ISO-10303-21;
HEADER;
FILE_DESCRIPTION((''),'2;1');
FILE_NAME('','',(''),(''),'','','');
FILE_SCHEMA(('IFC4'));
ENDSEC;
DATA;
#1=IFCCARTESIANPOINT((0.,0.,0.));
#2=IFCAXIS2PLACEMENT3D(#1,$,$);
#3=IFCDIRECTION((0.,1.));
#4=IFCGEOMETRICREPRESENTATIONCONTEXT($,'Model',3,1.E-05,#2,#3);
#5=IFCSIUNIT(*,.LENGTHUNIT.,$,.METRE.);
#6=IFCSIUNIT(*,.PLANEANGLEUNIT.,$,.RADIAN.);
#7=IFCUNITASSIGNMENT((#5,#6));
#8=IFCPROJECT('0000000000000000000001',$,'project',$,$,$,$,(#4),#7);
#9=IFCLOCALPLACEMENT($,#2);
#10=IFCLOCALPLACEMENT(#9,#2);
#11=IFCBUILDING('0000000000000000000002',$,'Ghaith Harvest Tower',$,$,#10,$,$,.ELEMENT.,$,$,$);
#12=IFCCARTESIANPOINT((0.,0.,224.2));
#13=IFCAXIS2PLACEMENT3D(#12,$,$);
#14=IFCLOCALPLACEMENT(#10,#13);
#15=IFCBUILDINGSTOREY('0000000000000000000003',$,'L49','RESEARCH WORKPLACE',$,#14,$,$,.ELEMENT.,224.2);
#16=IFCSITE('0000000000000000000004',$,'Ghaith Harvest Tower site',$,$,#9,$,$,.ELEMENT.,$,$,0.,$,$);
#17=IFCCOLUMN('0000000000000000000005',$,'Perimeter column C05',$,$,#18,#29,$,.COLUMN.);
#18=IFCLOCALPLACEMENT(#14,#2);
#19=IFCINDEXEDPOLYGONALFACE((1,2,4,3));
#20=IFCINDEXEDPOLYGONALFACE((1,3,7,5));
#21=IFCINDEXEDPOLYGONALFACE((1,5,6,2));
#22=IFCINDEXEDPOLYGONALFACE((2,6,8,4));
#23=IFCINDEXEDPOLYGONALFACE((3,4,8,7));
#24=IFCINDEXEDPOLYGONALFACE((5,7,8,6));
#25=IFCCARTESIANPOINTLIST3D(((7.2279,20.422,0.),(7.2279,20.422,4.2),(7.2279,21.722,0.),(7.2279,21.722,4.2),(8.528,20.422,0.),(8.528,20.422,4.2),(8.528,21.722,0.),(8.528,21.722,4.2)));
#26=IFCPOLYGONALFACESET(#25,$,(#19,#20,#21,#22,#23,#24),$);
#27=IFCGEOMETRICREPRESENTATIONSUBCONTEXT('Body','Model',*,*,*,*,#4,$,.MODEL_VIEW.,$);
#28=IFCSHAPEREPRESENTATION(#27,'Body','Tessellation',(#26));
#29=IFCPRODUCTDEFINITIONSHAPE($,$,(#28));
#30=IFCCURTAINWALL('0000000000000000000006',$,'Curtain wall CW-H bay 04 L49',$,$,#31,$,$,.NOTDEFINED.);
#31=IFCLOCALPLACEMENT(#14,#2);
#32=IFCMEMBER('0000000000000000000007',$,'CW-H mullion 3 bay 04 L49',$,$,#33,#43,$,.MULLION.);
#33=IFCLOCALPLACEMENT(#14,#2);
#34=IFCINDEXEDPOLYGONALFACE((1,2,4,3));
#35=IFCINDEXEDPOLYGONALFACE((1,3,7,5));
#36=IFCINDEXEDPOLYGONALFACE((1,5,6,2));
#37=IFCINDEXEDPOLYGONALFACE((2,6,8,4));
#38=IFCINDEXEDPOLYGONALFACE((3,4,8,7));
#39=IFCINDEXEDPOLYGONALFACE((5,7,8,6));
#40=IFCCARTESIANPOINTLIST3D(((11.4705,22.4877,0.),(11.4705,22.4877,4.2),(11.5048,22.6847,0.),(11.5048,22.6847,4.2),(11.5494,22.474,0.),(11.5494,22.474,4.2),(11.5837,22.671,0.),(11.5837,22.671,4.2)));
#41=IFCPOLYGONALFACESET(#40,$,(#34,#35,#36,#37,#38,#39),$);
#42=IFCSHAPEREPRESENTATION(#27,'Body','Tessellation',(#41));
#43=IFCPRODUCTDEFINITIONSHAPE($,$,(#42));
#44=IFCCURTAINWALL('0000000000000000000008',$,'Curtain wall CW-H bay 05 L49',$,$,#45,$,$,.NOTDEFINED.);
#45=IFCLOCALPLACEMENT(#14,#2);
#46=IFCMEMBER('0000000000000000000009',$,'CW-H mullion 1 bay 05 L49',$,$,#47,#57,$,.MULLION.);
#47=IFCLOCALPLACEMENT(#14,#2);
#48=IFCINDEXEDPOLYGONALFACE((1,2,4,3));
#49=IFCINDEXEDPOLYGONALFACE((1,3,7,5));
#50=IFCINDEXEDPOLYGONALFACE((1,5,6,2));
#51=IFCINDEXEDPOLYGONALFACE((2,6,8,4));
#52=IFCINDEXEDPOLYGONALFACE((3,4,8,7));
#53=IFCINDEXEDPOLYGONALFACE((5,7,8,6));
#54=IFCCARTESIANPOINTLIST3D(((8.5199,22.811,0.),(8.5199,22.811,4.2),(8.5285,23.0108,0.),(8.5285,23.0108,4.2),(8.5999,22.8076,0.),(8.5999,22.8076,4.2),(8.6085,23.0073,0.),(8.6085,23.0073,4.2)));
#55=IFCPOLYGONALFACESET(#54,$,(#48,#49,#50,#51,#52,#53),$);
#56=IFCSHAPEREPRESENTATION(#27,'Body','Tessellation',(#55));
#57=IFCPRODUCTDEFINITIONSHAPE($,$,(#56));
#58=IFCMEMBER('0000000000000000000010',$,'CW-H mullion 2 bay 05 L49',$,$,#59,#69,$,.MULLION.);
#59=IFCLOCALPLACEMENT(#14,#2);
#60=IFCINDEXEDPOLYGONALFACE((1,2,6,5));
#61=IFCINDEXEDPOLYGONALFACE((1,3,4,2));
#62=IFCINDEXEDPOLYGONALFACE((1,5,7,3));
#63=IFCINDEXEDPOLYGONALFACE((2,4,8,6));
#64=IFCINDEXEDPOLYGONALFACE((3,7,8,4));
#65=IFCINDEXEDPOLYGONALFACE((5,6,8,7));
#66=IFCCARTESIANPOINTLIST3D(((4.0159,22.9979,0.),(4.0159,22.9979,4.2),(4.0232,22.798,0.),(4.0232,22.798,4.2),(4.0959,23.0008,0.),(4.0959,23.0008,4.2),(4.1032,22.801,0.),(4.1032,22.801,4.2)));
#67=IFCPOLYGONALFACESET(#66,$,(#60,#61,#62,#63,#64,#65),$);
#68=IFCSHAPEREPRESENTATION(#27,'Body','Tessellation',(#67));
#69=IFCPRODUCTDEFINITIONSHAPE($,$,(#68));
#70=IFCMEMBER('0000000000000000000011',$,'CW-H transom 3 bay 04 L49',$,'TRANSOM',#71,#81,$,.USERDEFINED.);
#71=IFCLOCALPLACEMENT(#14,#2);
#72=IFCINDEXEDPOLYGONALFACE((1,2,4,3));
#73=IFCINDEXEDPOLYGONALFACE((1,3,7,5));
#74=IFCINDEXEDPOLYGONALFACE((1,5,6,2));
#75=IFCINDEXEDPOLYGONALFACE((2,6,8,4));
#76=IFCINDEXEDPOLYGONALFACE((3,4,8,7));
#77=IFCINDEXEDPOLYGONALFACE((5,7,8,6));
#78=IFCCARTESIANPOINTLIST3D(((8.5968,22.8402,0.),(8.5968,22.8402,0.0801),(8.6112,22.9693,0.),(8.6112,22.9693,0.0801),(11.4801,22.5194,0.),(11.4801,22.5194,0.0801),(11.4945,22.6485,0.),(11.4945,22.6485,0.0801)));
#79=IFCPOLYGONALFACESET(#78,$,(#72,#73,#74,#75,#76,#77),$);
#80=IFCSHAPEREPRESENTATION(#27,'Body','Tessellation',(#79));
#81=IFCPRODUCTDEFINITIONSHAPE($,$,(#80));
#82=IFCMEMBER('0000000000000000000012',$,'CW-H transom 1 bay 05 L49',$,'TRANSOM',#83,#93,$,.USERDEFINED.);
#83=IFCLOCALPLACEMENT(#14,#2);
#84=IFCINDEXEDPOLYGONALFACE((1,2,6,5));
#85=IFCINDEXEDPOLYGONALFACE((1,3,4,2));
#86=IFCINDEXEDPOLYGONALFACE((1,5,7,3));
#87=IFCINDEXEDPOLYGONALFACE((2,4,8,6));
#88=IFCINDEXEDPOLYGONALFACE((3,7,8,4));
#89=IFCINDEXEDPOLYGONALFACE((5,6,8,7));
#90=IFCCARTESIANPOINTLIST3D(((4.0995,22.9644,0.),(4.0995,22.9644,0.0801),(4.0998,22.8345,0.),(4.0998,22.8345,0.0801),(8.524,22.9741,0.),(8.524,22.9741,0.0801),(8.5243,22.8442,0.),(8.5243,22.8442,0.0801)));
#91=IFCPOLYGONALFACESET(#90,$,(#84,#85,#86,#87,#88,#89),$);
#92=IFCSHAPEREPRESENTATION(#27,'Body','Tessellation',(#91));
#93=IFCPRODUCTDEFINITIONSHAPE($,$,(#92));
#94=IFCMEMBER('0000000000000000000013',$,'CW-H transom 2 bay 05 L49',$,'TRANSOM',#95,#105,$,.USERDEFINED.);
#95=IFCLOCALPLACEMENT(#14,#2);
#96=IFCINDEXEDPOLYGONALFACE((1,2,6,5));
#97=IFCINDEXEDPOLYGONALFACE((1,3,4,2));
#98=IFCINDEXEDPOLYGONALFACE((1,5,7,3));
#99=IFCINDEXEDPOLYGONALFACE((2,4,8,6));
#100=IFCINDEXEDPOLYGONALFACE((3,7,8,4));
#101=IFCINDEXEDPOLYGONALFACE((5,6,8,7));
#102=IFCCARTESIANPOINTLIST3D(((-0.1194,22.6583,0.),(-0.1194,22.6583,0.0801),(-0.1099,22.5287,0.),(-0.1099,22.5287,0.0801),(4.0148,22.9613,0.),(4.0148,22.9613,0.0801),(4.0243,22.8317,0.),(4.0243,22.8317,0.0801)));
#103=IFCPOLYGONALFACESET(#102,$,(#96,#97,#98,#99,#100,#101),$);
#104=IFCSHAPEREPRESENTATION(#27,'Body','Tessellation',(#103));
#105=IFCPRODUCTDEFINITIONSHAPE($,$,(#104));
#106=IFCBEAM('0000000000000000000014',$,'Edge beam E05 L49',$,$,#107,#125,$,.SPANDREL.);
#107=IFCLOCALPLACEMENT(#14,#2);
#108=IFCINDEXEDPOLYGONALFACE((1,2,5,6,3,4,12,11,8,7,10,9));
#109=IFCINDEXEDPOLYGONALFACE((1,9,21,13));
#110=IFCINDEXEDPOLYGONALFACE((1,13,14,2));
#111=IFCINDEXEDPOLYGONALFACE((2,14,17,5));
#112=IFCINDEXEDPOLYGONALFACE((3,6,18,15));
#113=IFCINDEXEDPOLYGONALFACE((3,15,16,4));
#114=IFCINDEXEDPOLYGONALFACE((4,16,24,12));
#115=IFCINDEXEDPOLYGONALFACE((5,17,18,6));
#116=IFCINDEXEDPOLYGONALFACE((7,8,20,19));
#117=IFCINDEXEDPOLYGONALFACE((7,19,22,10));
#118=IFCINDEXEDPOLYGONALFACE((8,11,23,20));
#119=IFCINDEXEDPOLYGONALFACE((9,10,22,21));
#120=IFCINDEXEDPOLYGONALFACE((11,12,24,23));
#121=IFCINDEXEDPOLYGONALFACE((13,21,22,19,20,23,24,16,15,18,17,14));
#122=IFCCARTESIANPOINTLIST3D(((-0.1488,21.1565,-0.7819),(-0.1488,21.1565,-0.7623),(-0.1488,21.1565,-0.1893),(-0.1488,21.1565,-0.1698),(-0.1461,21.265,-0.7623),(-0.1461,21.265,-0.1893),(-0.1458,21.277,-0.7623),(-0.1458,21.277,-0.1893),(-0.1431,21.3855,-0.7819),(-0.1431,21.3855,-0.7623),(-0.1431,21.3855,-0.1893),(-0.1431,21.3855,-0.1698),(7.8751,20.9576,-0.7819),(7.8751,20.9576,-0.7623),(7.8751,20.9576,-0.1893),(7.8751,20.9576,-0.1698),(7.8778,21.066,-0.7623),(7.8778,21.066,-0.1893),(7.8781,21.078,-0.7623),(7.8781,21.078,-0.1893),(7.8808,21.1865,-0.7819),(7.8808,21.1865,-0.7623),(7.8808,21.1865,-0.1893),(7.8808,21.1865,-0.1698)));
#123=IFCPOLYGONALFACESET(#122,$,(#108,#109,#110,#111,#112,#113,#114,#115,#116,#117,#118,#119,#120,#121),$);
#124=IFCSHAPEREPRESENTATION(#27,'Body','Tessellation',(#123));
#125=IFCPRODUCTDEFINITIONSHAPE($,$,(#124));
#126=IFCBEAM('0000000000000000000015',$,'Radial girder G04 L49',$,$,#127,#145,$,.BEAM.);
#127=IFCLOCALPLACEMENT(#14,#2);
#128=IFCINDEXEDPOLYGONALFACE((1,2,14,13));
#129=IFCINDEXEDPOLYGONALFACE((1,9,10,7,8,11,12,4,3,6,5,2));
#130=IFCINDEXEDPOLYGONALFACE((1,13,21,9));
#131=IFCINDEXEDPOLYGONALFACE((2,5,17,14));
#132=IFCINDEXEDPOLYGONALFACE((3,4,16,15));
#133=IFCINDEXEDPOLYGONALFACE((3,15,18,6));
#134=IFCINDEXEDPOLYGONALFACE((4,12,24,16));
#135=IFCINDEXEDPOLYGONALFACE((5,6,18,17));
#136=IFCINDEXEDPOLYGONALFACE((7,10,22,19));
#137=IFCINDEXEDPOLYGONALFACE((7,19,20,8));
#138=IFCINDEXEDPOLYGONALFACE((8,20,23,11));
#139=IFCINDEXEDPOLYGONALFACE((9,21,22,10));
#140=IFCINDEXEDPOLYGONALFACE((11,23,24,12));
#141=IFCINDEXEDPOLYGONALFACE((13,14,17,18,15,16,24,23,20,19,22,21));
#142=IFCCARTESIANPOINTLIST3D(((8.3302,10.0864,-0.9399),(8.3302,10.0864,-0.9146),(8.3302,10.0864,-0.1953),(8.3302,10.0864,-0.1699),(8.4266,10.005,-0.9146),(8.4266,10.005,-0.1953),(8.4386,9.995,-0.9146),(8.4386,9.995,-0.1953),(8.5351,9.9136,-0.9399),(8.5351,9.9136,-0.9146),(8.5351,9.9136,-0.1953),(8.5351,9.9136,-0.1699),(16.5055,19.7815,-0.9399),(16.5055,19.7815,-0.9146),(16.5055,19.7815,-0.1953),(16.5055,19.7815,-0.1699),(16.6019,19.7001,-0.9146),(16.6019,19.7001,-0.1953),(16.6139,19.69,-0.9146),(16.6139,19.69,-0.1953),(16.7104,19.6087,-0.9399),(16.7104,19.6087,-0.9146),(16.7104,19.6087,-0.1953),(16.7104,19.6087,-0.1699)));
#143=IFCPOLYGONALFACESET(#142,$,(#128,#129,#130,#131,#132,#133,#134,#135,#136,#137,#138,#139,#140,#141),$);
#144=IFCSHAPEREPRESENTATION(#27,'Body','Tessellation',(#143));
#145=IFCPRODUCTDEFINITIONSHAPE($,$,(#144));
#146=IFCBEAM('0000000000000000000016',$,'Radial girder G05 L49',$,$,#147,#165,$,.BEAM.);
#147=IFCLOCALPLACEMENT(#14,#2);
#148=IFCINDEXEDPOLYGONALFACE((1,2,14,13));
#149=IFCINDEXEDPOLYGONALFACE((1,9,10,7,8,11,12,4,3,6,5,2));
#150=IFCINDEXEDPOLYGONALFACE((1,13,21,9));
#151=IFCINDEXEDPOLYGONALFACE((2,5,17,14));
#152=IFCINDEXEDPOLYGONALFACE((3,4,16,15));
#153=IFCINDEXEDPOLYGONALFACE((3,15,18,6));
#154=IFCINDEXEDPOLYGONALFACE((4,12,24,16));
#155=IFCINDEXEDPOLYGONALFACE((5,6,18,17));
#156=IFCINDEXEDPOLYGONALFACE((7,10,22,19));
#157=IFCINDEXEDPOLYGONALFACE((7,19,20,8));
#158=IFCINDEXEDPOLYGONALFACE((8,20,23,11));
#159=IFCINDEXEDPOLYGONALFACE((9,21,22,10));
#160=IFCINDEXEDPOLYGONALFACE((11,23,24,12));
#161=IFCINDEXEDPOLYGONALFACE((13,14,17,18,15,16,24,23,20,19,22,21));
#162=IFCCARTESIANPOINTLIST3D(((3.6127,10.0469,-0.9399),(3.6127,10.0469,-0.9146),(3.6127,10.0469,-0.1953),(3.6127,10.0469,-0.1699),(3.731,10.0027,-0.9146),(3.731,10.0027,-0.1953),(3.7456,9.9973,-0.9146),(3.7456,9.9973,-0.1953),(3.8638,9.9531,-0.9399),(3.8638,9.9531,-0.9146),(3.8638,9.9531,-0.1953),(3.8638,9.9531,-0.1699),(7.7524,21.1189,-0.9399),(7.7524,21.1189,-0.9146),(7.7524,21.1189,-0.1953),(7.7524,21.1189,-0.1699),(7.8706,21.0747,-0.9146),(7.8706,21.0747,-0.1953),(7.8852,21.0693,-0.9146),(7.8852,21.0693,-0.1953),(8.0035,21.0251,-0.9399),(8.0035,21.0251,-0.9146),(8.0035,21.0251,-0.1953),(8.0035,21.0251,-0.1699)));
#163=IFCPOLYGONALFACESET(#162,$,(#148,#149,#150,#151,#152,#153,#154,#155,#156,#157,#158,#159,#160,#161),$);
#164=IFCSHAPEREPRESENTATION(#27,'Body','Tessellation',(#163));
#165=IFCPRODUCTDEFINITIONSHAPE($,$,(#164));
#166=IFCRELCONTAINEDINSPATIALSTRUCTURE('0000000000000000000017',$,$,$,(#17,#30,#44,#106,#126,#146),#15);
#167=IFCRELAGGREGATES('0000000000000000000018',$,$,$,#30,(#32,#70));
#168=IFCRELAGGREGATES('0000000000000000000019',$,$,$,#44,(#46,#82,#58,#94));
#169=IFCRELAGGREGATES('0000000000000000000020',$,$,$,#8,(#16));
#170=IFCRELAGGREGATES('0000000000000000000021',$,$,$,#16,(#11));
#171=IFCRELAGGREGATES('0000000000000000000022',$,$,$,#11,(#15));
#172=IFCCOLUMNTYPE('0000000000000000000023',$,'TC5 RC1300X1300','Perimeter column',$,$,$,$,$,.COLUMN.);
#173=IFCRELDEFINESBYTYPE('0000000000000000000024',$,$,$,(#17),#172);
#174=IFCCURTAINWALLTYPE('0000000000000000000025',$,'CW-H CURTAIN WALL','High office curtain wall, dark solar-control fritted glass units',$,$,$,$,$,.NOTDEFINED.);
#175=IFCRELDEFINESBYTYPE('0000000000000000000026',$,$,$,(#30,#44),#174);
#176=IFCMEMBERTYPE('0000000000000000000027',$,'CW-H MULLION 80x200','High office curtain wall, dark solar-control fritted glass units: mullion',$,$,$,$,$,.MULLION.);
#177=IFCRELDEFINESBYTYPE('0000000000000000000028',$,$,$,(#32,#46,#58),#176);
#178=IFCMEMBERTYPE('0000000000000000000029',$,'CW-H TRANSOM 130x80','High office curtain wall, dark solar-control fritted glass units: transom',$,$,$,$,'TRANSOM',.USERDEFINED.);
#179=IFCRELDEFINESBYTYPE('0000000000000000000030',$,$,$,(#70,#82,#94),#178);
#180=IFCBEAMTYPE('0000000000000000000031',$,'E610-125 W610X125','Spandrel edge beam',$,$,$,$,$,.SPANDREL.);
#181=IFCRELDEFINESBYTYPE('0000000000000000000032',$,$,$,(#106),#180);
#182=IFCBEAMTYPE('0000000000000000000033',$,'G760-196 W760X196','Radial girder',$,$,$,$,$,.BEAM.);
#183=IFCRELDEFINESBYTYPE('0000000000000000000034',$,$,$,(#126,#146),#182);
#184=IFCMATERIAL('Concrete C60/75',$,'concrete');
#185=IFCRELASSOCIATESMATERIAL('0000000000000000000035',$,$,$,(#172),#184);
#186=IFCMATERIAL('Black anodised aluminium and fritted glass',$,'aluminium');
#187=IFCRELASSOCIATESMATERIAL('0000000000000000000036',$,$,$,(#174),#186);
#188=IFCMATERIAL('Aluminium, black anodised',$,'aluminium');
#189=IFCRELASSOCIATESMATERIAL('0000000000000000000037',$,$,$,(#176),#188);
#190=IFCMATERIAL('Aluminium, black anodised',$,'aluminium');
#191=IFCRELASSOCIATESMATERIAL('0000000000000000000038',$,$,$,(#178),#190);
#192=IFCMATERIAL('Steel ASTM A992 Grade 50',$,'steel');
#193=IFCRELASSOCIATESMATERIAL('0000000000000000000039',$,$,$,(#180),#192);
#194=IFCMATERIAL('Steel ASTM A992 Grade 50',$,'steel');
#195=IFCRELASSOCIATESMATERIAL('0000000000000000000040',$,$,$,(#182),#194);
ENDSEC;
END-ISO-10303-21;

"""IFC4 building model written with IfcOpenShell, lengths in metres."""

from ifc_helpers import new_model, si_unit, direction, frame, origin, origin_2d, place, context, subcontext, project, spatial, rectangle, i_section, extrude, material, material_profile, profile_set, type_object, element, aggregate, save


model = new_model("IFC4")

# Units and contexts
model_context = context("Model", 3, precision=1e-05, world=origin(), true_north=direction((0.0, 1.0)))
body_context = subcontext(model_context, "Body", "Model", "MODEL_VIEW")
ifc_project = project(units=[si_unit("LENGTHUNIT", "METRE"), si_unit("PLANEANGLEUNIT", "RADIAN")], contexts=[model_context])

# Site, building, storey
site_placement = place(None, origin())
site = spatial("IfcSite", under=ifc_project, at=site_placement, Name="Ghaith Harvest Tower site", CompositionType="ELEMENT", RefElevation=0.0)
building_placement = place(site_placement, origin())
building = spatial("IfcBuilding", under=site, at=building_placement, Name="Ghaith Harvest Tower", CompositionType="ELEMENT")
storey_placement = place(building_placement, frame((0.0, 0.0, 224.2)))
storey = spatial("IfcBuildingStorey", under=building, at=storey_placement, Name="L49", Description="RESEARCH WORKPLACE", CompositionType="ELEMENT", Elevation=224.2)

# Column
ifc_material_1 = material(Name="Concrete C60/75", Category="concrete")
ifc_material_profile_1 = material_profile(ifc_material_1, rectangle(XDim=1.3, YDim=1.3, at=origin_2d()), Name="RC1300X1300")
ifc_profile_set_1 = profile_set([ifc_material_profile_1], Name="Concrete C60/75")
column_type = type_object("IfcColumnType", Name="TC5 RC1300X1300", Description="Perimeter column", PredefinedType="COLUMN", material=ifc_profile_set_1)
column_placement = place(storey_placement, frame((7.8779, 21.072, 0.0), z_axis=(0.0, 0.0, 1.0), x_axis=(1.0, 0.0, 0.0)))
element("IfcColumn", 1, at=column_placement, inside=storey, type_object=column_type, Name="Perimeter column C05", PredefinedType="COLUMN", context=body_context, shape_type="SweptSolid", body=[
    extrude(rectangle(XDim=1.3, YDim=1.3, at=origin_2d()), origin(), (0.0, 0.0, 1.0), 4.2),
])

# Curtain wall, member
ifc_material_2 = material(Name="Black anodised aluminium and fritted glass", Category="aluminium")
curtain_wall_type = type_object("IfcCurtainWallType", Name="CW-H CURTAIN WALL", Description="High office curtain wall, dark solar-control fritted glass units", PredefinedType="NOTDEFINED", material=ifc_material_2)
curtain_wall_1_placement = place(storey_placement, origin())
curtain_wall_1 = element("IfcCurtainWall", 2, at=curtain_wall_1_placement, inside=storey, type_object=curtain_wall_type, Name="Curtain wall CW-H bay 04 L49", PredefinedType="NOTDEFINED")
ifc_material_3 = material(Name="Aluminium, black anodised", Category="aluminium")
ifc_material_profile_2 = material_profile(ifc_material_3, rectangle(XDim=0.0801, YDim=0.2, at=origin_2d()), Name="CW-H MULLION 80x200")
ifc_profile_set_2 = profile_set([ifc_material_profile_2], Name="Aluminium, black anodised")
member_type_1 = type_object("IfcMemberType", Name="CW-H MULLION 80x200", Description="High office curtain wall, dark solar-control fritted glass units: mullion", PredefinedType="MULLION", material=ifc_profile_set_2)
member_1_placement = place(storey_placement, frame((11.5271, 22.5793, 0.0), z_axis=(0.0, 0.0, 1.0), x_axis=(-0.985193, 0.171447, 0.0)))
member_1 = element("IfcMember", 3, at=member_1_placement, type_object=member_type_1, Name="CW-H mullion 3 bay 04 L49", PredefinedType="MULLION", context=body_context, shape_type="SweptSolid", body=[
    extrude(rectangle(XDim=0.0801, YDim=0.2, at=origin_2d()), origin(), (0.0, 0.0, 1.0), 4.2),
])

# Curtain wall, members
curtain_wall_2_placement = place(storey_placement, origin())
curtain_wall_2 = element("IfcCurtainWall", 4, at=curtain_wall_2_placement, inside=storey, type_object=curtain_wall_type, Name="Curtain wall CW-H bay 05 L49", PredefinedType="NOTDEFINED")
member_2_placement = place(storey_placement, frame((8.5642, 22.9092, 0.0), z_axis=(0.0, 0.0, 1.0), x_axis=(-0.999084, 0.042803, 0.0)))
member_2 = element("IfcMember", 5, at=member_2_placement, type_object=member_type_1, Name="CW-H mullion 1 bay 05 L49", PredefinedType="MULLION", context=body_context, shape_type="SweptSolid", body=[
    extrude(rectangle(XDim=0.0801, YDim=0.2, at=origin_2d()), origin(), (0.0, 0.0, 1.0), 4.2),
])
member_3_placement = place(storey_placement, frame((4.0596, 22.8994, 0.0), z_axis=(0.0, 0.0, 1.0), x_axis=(-0.999333, -0.036524, 0.0)))
member_3 = element("IfcMember", 6, at=member_3_placement, type_object=member_type_1, Name="CW-H mullion 2 bay 05 L49", PredefinedType="MULLION", context=body_context, shape_type="SweptSolid", body=[
    extrude(rectangle(XDim=0.0801, YDim=0.2, at=origin_2d()), origin(), (0.0, 0.0, 1.0), 4.2),
])

# Members
ifc_material_4 = material(Name="Aluminium, black anodised", Category="aluminium")
ifc_material_profile_3 = material_profile(ifc_material_4, rectangle(XDim=0.1299, YDim=0.0801, at=origin_2d()), Name="CW-H TRANSOM 130x80")
ifc_profile_set_3 = profile_set([ifc_material_profile_3], Name="Aluminium, black anodised")
member_type_2 = type_object("IfcMemberType", Name="CW-H TRANSOM 130x80", Description="High office curtain wall, dark solar-control fritted glass units: transom", ElementType="TRANSOM", PredefinedType="USERDEFINED", material=ifc_profile_set_3)
member_4_placement = place(storey_placement, frame((11.4873, 22.584, 0.04), z_axis=(-0.993867, 0.110579, 0.0), x_axis=(-0.110579, -0.993867, 0.0)))
member_4 = element("IfcMember", 7, at=member_4_placement, type_object=member_type_2, Name="CW-H transom 3 bay 04 L49", ObjectType="TRANSOM", PredefinedType="USERDEFINED", context=body_context, shape_type="SweptSolid", body=[
    extrude(rectangle(XDim=0.1299, YDim=0.0801, at=origin_2d()), origin(), (0.0, 0.0, 1.0), 2.9011),
])
member_5_placement = place(storey_placement, frame((8.5242, 22.9092, 0.04), z_axis=(-0.999998, -0.002207, 0.0), x_axis=(0.002207, -0.999998, 0.0)))
member_5 = element("IfcMember", 8, at=member_5_placement, type_object=member_type_2, Name="CW-H transom 1 bay 05 L49", ObjectType="TRANSOM", PredefinedType="USERDEFINED", context=body_context, shape_type="SweptSolid", body=[
    extrude(rectangle(XDim=0.1299, YDim=0.0801, at=origin_2d()), origin(), (0.0, 0.0, 1.0), 4.4246),
])
member_6_placement = place(storey_placement, frame((4.0195, 22.8965, 0.04), z_axis=(-0.997325, -0.073089, 0.0), x_axis=(0.073089, -0.997325, 0.0)))
member_6 = element("IfcMember", 9, at=member_6_placement, type_object=member_type_2, Name="CW-H transom 2 bay 05 L49", ObjectType="TRANSOM", PredefinedType="USERDEFINED", context=body_context, shape_type="SweptSolid", body=[
    extrude(rectangle(XDim=0.1299, YDim=0.0801, at=origin_2d()), origin(), (0.0, 0.0, 1.0), 4.1453),
])

# Beams
ifc_material_5 = material(Name="Steel ASTM A992 Grade 50", Category="steel")
ifc_material_profile_4 = material_profile(ifc_material_5, i_section(OverallWidth=0.229, OverallDepth=0.6121, WebThickness=0.012, FlangeThickness=0.0195, at=origin_2d()), Name="W610X125")
ifc_profile_set_4 = profile_set([ifc_material_profile_4], Name="Steel ASTM A992 Grade 50")
beam_type_1 = type_object("IfcBeamType", Name="E610-125 W610X125", Description="Spandrel edge beam", PredefinedType="SPANDREL", material=ifc_profile_set_4)
beam_1_placement = place(storey_placement, frame((7.8779, 21.072, -0.4758), z_axis=(-0.999693, 0.02479, 0.0), x_axis=(-0.02479, -0.999693, 0.0)))
element("IfcBeam", 10, at=beam_1_placement, inside=storey, type_object=beam_type_1, Name="Edge beam E05 L49", PredefinedType="SPANDREL", context=body_context, shape_type="SweptSolid", body=[
    extrude(i_section(OverallWidth=0.229, OverallDepth=0.6121, WebThickness=0.012, FlangeThickness=0.0195, at=origin_2d()), origin(), (0.0, 0.0, 1.0), 8.0264),
])
ifc_material_6 = material(Name="Steel ASTM A992 Grade 50", Category="steel")
ifc_material_profile_5 = material_profile(ifc_material_6, i_section(OverallWidth=0.2681, OverallDepth=0.77, WebThickness=0.0156, FlangeThickness=0.0254, at=origin_2d()), Name="W760X196")
ifc_profile_set_5 = profile_set([ifc_material_profile_5], Name="Steel ASTM A992 Grade 50")
beam_type_2 = type_object("IfcBeamType", Name="G760-196 W760X196", Description="Radial girder", PredefinedType="BEAM", material=ifc_profile_set_5)
beam_2_placement = place(storey_placement, frame((8.4326, 10.0, -0.5549), z_axis=(0.644644, 0.764483, 0.0), x_axis=(-0.764483, 0.644644, 0.0)))
element("IfcBeam", 11, at=beam_2_placement, inside=storey, type_object=beam_type_2, Name="Radial girder G04 L49", PredefinedType="BEAM", context=body_context, shape_type="SweptSolid", body=[
    extrude(i_section(OverallWidth=0.2681, OverallDepth=0.77, WebThickness=0.0156, FlangeThickness=0.0254, at=origin_2d()), origin(), (0.0, 0.0, 1.0), 12.6819),
])
beam_3_placement = place(storey_placement, frame((3.7383, 10.0, -0.5549), z_axis=(0.350207, 0.936672, 0.0), x_axis=(-0.936672, 0.350207, 0.0)))
element("IfcBeam", 12, at=beam_3_placement, inside=storey, type_object=beam_type_2, Name="Radial girder G05 L49", PredefinedType="BEAM", context=body_context, shape_type="SweptSolid", body=[
    extrude(i_section(OverallWidth=0.2681, OverallDepth=0.77, WebThickness=0.0156, FlangeThickness=0.0254, at=origin_2d()), origin(), (0.0, 0.0, 1.0), 11.8206),
])

aggregate(curtain_wall_1, [member_1, member_4])
aggregate(curtain_wall_2, [member_2, member_5, member_3, member_6])

save(model, "model.ifc")
